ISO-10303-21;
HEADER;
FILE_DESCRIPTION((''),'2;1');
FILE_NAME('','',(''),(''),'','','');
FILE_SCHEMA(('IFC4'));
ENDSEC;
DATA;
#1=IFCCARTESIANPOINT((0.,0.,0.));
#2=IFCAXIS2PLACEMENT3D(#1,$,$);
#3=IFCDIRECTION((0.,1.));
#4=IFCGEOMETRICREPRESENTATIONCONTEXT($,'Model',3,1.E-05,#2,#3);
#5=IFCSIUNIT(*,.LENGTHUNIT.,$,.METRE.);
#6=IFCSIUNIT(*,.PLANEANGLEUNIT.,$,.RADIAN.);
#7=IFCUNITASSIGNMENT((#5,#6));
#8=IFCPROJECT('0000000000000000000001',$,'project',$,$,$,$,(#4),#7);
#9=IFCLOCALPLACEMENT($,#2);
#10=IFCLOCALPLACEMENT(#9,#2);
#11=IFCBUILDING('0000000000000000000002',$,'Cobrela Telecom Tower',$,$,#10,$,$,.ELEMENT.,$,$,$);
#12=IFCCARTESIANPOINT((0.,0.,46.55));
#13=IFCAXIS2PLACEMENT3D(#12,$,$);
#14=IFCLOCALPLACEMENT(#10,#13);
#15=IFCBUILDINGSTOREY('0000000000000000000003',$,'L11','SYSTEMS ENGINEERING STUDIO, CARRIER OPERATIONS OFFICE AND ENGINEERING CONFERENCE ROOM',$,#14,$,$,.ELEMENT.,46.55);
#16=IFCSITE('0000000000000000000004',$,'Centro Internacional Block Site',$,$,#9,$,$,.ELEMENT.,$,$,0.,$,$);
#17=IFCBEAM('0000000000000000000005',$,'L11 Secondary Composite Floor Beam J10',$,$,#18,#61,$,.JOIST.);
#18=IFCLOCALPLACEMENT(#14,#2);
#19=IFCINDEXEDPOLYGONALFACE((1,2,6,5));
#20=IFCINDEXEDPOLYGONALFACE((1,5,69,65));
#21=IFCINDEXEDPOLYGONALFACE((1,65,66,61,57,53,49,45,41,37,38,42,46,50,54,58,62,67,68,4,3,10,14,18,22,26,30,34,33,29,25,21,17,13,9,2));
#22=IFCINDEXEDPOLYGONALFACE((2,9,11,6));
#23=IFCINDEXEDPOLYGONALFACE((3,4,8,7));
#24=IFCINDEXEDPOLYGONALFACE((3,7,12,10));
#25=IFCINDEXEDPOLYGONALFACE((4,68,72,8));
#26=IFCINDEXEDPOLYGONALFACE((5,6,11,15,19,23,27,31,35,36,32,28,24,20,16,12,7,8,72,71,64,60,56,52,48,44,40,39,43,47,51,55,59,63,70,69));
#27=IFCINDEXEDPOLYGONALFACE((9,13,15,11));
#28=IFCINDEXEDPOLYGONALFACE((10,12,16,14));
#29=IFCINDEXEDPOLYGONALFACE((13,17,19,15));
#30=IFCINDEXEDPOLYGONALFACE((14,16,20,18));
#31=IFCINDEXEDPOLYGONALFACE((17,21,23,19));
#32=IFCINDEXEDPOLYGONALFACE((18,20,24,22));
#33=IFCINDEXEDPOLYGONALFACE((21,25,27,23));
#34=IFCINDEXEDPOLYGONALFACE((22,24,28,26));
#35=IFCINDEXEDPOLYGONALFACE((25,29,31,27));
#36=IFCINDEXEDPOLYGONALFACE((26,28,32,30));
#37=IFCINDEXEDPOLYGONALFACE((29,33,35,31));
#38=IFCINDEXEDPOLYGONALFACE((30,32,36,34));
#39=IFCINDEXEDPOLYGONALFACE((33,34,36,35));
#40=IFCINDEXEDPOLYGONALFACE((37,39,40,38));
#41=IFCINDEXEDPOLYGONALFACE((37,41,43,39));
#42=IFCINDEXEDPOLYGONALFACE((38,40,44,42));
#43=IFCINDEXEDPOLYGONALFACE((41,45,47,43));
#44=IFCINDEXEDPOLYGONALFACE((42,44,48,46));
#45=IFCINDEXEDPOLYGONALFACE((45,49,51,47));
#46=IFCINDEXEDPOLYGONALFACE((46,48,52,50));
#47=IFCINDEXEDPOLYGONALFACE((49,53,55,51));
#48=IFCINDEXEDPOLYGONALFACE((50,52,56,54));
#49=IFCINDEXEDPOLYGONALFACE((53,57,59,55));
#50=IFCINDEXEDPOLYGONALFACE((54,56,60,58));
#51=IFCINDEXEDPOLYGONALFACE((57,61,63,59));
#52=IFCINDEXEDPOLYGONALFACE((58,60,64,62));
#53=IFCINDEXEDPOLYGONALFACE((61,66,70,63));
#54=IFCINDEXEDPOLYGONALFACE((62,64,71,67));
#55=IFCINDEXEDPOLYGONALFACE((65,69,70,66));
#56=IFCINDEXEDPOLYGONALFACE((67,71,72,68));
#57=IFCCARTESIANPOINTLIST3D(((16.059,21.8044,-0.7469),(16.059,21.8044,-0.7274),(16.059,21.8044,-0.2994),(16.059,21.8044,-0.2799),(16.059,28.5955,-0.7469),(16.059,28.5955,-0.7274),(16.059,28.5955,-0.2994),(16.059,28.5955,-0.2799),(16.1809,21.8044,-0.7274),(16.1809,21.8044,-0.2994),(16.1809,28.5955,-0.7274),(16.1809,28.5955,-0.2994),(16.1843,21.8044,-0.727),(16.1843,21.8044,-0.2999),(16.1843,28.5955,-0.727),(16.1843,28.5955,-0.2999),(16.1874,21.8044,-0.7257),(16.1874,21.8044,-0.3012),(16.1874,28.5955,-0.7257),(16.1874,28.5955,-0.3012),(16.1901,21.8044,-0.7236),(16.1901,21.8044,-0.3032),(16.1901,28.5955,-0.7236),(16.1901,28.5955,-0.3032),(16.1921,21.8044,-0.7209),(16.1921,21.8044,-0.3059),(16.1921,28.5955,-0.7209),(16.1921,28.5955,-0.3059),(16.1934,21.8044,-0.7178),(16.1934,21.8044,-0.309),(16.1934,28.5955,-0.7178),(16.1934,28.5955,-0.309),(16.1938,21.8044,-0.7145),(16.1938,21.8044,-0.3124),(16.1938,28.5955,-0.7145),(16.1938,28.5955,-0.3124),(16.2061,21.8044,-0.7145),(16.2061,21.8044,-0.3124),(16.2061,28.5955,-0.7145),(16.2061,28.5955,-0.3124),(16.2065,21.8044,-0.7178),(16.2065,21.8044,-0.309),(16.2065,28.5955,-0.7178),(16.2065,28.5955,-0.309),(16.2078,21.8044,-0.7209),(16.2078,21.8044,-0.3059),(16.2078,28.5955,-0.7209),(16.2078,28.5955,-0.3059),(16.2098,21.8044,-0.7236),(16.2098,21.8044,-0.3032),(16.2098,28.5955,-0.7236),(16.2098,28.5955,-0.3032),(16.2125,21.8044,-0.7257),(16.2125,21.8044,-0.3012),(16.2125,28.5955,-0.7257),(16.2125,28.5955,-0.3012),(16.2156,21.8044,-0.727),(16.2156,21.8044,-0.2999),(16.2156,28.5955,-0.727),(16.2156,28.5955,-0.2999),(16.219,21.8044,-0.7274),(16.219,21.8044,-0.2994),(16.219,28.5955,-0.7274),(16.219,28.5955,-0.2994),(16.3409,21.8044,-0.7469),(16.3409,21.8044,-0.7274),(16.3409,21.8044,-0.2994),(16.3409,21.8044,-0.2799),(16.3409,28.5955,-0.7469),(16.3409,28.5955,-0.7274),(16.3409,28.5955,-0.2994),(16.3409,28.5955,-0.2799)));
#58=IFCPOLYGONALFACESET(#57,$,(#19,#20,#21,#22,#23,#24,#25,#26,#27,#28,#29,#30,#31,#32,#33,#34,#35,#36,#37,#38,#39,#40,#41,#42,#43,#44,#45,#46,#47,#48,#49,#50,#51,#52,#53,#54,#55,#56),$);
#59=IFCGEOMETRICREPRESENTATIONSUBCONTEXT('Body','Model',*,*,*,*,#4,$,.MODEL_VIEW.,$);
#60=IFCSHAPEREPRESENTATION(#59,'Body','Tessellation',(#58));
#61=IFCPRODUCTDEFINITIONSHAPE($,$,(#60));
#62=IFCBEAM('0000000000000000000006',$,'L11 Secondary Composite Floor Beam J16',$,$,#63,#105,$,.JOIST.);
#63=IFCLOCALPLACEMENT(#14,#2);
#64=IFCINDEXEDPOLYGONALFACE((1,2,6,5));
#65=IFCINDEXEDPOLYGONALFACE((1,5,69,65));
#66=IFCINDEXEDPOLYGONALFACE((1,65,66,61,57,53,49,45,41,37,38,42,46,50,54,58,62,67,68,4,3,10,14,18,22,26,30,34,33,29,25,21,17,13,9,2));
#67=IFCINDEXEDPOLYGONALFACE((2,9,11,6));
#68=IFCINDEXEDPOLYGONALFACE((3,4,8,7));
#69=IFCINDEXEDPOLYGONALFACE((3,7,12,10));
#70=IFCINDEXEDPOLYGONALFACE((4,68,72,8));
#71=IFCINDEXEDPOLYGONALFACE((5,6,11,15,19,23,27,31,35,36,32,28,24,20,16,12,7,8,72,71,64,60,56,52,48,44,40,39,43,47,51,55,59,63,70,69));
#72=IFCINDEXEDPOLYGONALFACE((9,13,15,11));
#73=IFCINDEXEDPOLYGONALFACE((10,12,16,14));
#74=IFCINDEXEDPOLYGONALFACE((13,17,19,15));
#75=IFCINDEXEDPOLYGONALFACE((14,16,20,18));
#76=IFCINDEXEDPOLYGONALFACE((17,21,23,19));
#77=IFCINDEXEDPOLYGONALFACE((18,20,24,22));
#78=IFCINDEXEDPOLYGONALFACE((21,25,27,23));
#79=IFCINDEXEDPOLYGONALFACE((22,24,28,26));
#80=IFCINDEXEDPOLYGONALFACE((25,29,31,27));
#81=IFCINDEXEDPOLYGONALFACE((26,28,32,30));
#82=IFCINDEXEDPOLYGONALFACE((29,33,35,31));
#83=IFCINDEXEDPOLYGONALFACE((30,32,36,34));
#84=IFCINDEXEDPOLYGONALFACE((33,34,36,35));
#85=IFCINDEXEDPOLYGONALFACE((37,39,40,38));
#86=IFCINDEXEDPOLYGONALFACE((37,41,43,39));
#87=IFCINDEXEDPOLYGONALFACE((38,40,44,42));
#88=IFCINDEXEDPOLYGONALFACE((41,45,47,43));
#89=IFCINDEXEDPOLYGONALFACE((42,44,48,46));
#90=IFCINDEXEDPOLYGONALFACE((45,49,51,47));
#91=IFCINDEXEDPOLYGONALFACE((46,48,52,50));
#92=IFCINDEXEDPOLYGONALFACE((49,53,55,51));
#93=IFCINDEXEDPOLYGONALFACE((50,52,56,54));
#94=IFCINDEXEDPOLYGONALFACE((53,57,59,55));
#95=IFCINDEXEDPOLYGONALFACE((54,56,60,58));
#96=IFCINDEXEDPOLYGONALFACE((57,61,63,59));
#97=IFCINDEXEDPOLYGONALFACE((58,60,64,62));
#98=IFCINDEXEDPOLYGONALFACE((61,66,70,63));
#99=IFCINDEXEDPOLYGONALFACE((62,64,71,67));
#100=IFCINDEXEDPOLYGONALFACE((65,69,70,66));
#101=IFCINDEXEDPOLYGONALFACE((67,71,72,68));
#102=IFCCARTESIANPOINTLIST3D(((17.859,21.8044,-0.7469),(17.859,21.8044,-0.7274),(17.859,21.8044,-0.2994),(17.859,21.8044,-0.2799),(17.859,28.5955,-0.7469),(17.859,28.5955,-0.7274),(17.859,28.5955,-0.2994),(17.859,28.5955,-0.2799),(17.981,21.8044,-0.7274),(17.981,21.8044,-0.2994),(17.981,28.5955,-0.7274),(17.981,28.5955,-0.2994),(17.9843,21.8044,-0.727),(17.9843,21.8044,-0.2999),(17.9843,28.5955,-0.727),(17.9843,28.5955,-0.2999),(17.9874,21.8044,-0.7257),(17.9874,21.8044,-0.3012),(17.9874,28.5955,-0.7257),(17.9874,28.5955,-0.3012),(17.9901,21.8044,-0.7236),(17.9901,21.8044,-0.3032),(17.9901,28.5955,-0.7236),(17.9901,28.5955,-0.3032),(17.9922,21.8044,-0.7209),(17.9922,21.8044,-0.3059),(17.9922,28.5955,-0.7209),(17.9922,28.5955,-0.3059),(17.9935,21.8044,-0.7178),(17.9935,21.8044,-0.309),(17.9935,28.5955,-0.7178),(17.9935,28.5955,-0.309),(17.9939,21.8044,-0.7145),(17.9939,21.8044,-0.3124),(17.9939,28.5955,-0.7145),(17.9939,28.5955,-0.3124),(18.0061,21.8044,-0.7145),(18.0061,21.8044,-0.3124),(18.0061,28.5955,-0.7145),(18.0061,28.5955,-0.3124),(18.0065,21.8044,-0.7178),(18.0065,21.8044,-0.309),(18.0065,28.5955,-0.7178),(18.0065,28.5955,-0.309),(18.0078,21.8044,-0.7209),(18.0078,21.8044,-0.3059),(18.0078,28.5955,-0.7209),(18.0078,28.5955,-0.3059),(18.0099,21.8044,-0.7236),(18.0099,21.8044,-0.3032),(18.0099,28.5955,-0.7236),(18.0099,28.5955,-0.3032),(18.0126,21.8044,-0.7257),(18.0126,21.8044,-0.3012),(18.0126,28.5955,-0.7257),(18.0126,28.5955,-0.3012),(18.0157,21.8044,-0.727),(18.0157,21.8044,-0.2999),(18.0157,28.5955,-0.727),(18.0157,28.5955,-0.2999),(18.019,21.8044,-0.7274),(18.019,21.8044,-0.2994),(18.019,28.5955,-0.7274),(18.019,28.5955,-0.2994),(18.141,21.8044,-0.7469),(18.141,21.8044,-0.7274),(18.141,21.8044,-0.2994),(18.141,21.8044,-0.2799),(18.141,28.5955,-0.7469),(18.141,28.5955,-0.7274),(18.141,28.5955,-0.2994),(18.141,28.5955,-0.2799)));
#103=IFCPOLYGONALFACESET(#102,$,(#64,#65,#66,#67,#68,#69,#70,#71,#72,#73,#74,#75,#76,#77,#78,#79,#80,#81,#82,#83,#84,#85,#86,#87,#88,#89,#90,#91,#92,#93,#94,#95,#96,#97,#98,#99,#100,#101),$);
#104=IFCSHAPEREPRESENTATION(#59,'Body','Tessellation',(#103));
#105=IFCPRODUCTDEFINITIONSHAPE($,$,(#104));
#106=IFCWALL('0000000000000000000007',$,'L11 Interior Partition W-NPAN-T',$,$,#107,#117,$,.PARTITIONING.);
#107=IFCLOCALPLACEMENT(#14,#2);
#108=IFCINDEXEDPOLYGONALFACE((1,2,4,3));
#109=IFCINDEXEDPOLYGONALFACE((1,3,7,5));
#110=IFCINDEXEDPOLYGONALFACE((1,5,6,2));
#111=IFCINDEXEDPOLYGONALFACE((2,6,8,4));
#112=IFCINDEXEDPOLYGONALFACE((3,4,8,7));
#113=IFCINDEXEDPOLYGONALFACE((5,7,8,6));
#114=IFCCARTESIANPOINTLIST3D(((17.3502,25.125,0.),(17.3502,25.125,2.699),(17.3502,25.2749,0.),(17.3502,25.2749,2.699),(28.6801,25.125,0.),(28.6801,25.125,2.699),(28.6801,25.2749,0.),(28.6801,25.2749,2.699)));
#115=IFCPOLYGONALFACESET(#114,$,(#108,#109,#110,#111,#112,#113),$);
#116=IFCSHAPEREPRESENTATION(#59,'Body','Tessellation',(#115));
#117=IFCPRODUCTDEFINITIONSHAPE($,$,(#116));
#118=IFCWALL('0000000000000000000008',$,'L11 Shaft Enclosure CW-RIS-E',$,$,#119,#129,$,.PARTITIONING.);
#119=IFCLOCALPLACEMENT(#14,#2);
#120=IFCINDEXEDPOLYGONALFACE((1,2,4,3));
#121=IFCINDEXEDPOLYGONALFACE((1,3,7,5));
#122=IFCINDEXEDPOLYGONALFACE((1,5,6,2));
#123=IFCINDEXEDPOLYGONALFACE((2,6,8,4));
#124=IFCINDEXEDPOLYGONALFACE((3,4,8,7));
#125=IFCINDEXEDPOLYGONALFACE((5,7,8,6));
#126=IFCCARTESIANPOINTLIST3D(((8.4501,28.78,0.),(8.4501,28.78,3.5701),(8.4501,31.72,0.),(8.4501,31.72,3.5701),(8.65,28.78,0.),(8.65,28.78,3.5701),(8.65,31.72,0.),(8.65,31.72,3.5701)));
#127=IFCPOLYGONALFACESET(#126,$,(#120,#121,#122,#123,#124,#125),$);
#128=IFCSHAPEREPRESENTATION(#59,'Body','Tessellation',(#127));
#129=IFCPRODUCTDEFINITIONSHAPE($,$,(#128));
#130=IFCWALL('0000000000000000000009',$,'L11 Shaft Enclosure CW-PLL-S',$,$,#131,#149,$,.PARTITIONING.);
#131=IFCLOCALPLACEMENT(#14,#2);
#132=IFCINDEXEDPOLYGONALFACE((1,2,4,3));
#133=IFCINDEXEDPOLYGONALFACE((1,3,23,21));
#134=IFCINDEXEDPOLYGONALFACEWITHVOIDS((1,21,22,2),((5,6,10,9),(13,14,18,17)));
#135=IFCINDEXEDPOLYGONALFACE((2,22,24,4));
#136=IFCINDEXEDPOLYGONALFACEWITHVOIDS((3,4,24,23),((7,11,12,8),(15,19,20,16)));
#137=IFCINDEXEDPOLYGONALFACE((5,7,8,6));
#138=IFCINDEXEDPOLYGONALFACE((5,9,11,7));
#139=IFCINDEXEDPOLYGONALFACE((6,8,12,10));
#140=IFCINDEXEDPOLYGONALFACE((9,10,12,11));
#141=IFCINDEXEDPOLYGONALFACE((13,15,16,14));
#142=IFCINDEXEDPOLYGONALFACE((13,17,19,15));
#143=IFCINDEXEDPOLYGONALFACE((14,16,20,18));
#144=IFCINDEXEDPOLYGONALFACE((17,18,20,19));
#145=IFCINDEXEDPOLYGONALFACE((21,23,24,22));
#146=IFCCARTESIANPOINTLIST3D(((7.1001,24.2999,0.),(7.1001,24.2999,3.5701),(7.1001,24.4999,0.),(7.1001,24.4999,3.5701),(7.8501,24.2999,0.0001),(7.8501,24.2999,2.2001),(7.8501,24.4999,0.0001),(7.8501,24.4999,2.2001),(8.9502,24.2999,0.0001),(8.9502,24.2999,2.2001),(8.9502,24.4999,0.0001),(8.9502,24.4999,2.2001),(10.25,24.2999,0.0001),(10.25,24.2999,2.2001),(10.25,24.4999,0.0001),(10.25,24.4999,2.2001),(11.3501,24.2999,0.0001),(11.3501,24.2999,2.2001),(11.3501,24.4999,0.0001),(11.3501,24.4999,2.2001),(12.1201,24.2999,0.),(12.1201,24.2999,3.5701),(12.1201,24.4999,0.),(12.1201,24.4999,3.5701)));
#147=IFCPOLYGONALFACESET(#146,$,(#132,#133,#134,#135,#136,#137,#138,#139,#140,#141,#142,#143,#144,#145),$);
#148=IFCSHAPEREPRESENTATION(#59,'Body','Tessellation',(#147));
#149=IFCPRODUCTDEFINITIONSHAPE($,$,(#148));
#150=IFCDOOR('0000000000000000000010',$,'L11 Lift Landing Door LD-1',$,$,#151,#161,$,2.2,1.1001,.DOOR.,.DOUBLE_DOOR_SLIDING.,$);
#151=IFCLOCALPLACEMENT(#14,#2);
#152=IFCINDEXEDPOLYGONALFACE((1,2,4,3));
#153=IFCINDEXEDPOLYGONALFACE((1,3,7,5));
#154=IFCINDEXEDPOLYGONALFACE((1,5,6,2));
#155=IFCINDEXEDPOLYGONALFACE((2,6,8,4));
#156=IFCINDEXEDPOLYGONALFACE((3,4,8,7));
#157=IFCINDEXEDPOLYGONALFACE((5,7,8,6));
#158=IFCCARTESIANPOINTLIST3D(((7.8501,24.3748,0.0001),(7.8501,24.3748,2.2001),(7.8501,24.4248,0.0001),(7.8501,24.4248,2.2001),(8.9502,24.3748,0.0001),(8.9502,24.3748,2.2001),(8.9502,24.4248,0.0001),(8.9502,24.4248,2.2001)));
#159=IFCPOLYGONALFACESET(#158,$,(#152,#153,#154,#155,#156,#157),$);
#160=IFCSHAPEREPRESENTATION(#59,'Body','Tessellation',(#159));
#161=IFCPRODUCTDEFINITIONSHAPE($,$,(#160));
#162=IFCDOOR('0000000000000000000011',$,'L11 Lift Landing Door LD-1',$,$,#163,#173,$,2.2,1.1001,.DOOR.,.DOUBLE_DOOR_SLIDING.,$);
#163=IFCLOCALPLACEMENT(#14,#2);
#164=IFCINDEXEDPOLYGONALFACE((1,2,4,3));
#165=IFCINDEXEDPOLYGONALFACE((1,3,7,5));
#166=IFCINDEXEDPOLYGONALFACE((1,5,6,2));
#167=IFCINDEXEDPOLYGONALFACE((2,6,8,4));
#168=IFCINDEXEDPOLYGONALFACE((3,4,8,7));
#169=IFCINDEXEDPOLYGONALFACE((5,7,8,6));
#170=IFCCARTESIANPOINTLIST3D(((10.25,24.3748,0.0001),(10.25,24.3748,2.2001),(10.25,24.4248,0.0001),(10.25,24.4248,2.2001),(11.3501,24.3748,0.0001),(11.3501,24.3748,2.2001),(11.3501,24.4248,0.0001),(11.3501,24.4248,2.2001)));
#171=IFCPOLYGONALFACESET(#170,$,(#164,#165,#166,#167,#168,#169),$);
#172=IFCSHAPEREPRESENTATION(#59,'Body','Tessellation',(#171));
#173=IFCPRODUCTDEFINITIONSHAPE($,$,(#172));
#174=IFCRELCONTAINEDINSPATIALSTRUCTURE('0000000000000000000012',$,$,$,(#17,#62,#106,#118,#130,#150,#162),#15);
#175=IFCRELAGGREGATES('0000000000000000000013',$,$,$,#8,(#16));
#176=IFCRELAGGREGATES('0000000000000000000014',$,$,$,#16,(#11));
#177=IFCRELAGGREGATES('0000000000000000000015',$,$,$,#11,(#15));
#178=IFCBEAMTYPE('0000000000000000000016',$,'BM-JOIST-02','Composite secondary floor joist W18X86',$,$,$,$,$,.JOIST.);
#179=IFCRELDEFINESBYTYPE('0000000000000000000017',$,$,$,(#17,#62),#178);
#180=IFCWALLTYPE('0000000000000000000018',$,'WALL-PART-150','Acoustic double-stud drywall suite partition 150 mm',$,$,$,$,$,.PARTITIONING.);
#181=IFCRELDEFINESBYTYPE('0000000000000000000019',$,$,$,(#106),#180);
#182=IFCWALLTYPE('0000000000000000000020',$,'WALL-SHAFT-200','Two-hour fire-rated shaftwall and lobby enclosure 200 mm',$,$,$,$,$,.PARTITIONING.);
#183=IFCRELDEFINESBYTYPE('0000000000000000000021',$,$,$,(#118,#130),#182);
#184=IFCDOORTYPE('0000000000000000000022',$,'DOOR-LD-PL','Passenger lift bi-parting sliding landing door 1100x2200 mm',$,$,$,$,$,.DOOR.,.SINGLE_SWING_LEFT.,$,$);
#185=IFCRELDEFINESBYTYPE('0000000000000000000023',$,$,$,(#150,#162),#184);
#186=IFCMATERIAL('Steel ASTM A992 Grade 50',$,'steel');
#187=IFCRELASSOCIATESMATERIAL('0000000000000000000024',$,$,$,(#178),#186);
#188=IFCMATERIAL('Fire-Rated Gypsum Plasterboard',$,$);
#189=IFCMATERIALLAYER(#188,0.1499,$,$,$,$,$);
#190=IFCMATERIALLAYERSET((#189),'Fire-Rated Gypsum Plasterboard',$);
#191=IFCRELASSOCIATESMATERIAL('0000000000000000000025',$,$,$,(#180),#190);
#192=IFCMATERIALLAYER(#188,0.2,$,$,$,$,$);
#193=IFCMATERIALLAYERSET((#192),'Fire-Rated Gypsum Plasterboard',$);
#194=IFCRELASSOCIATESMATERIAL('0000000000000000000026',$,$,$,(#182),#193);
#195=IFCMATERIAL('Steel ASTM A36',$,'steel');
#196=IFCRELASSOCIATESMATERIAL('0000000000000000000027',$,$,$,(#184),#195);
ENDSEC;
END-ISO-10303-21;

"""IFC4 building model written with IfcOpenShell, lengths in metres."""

from ifc_helpers import new_model, si_unit, direction, frame, frame_2d, origin, origin_2d, place, context, subcontext, project, spatial, rectangle, i_section, extrude, material, layer, layer_set, material_profile, profile_set, type_object, element, fill, save


model = new_model("IFC4")

# Units and contexts
model_context = context("Model", 3, precision=1e-05, world=origin(), true_north=direction((0.0, 1.0)))
body_context = subcontext(model_context, "Body", "Model", "MODEL_VIEW")
ifc_project = project(units=[si_unit("LENGTHUNIT", "METRE"), si_unit("PLANEANGLEUNIT", "RADIAN")], contexts=[model_context])

# Site, building, storey
site_placement = place(None, origin())
site = spatial("IfcSite", under=ifc_project, at=site_placement, Name="Centro Internacional Block Site", CompositionType="ELEMENT", RefElevation=0.0)
building_placement = place(site_placement, origin())
building = spatial("IfcBuilding", under=site, at=building_placement, Name="Cobrela Telecom Tower", CompositionType="ELEMENT")
storey_placement = place(building_placement, frame((0.0, 0.0, 46.55)))
storey = spatial("IfcBuildingStorey", under=building, at=storey_placement, Name="L11", Description="SYSTEMS ENGINEERING STUDIO, CARRIER OPERATIONS OFFICE AND ENGINEERING CONFERENCE ROOM", CompositionType="ELEMENT", Elevation=46.55)

# Beams
ifc_material_1 = material(Name="Steel ASTM A992 Grade 50", Category="steel")
ifc_material_profile = material_profile(ifc_material_1, i_section(OverallWidth=0.282, OverallDepth=0.467, WebThickness=0.0122, FlangeThickness=0.0195, FilletRadius=0.0129, at=origin_2d()), Name="W18X86")
ifc_profile_set = profile_set([ifc_material_profile], Name="Steel ASTM A992 Grade 50")
beam_type = type_object("IfcBeamType", Name="BM-JOIST-02", Description="Composite secondary floor joist W18X86", PredefinedType="JOIST", material=ifc_profile_set)
for number, where, z_axis, x_axis, name in (
    (1, (16.2, 21.8044, -0.5134), (0.0, 1.0, 0.0), (-1.0, 0.0, 0.0), "L11 Secondary Composite Floor Beam J10"),
    (2, (18.0, 21.8044, -0.5134), (0.0, 1.0, 0.0), (-1.0, 0.0, 0.0), "L11 Secondary Composite Floor Beam J16"),
):
    element("IfcBeam", number, at=place(storey_placement, frame(where, z_axis=z_axis, x_axis=x_axis)), inside=storey, type_object=beam_type, Name=name, PredefinedType="JOIST", context=body_context, shape_type="SweptSolid", body=[
        extrude(i_section(OverallWidth=0.282, OverallDepth=0.467, WebThickness=0.0122, FlangeThickness=0.0195, FilletRadius=0.0129, at=origin_2d()), origin(), (0.0, 0.0, 1.0), 6.791),
    ])

# Walls
ifc_material_2 = material(Name="Fire-Rated Gypsum Plasterboard")
ifc_layer_1 = layer(ifc_material_2, 0.1499)
ifc_layer_set_1 = layer_set([ifc_layer_1], Name="Fire-Rated Gypsum Plasterboard")
wall_type_1 = type_object("IfcWallType", Name="WALL-PART-150", Description="Acoustic double-stud drywall suite partition 150 mm", PredefinedType="PARTITIONING", material=ifc_layer_set_1)
wall_1_placement = place(storey_placement, frame((17.3501, 25.2, 0.0), z_axis=(0.0, 0.0, 1.0), x_axis=(1.0, 0.0, 0.0)))
element("IfcWall", 3, at=wall_1_placement, inside=storey, type_object=wall_type_1, Name="L11 Interior Partition W-NPAN-T", PredefinedType="PARTITIONING", context=body_context, shape_type="SweptSolid", body=[
    extrude(rectangle(XDim=11.3298, YDim=0.1499, at=frame_2d((5.665, 0.0))), origin(), (0.0, 0.0, 1.0), 2.699),
])
ifc_layer_2 = layer(ifc_material_2, 0.2)
ifc_layer_set_2 = layer_set([ifc_layer_2], Name="Fire-Rated Gypsum Plasterboard")
wall_type_2 = type_object("IfcWallType", Name="WALL-SHAFT-200", Description="Two-hour fire-rated shaftwall and lobby enclosure 200 mm", PredefinedType="PARTITIONING", material=ifc_layer_set_2)
wall_2_placement = place(storey_placement, frame((8.55, 28.78, 0.0), z_axis=(0.0, 0.0, 1.0), x_axis=(0.0, 1.0, 0.0)))
element("IfcWall", 4, at=wall_2_placement, inside=storey, type_object=wall_type_2, Name="L11 Shaft Enclosure CW-RIS-E", PredefinedType="PARTITIONING", context=body_context, shape_type="SweptSolid", body=[
    extrude(rectangle(XDim=2.9399, YDim=0.2, at=frame_2d((1.47, 0.0))), origin(), (0.0, 0.0, 1.0), 3.5701),
])

# Wall, openings, doors
wall_3_placement = place(storey_placement, frame((7.1001, 24.3999, 0.0), z_axis=(0.0, 0.0, 1.0), x_axis=(1.0, 0.0, 0.0)))
wall_3 = element("IfcWall", 5, at=wall_3_placement, inside=storey, type_object=wall_type_2, Name="L11 Shaft Enclosure CW-PLL-S", PredefinedType="PARTITIONING", context=body_context, shape_type="SweptSolid", body=[
    extrude(rectangle(XDim=5.02, YDim=0.2, at=frame_2d((2.51, 0.0))), origin(), (0.0, 0.0, 1.0), 3.5701),
])
opening_1_placement = place(wall_3_placement, frame((0.75, 0.0, 0.0)))
opening_1 = element("IfcOpeningElement", 6, at=opening_1_placement, cuts=wall_3, PredefinedType="OPENING", context=body_context, shape_type="SweptSolid", body=[
    extrude(rectangle(XDim=1.1001, YDim=2.2, at=frame_2d((0.55, 1.1001))), frame((0.0, 0.1118, 0.0), z_axis=(0.0, -1.0, 0.0), x_axis=(1.0, 0.0, 0.0)), (0.0, 0.0, 1.0), 0.2239),
])
opening_2_placement = place(wall_3_placement, frame((3.1499, 0.0, 0.0)))
opening_2 = element("IfcOpeningElement", 7, at=opening_2_placement, cuts=wall_3, PredefinedType="OPENING", context=body_context, shape_type="SweptSolid", body=[
    extrude(rectangle(XDim=1.1001, YDim=2.2, at=frame_2d((0.55, 1.1001))), frame((0.0, 0.1118, 0.0), z_axis=(0.0, -1.0, 0.0), x_axis=(1.0, 0.0, 0.0)), (0.0, 0.0, 1.0), 0.2239),
])
ifc_material_3 = material(Name="Steel ASTM A36", Category="steel")
door_type_1 = type_object("IfcDoorType", Name="DOOR-LD-PL", Description="Passenger lift bi-parting sliding landing door 1100x2200 mm", OperationType="SINGLE_SWING_LEFT", PredefinedType="DOOR", material=ifc_material_3)
door_1_placement = place(opening_1_placement, origin())
door_1 = element("IfcDoor", 8, at=door_1_placement, inside=storey, type_object=door_type_1, Name="L11 Lift Landing Door LD-1", OperationType="DOUBLE_DOOR_SLIDING", OverallHeight=2.2, OverallWidth=1.1001, PredefinedType="DOOR", context=body_context, shape_type="SweptSolid", body=[
    extrude(rectangle(XDim=1.1001, YDim=2.2, at=frame_2d((0.55, 1.1001))), frame((0.0, 0.0249, 0.0), z_axis=(0.0, -1.0, 0.0), x_axis=(1.0, 0.0, 0.0)), (0.0, 0.0, 1.0), 0.05),
])
fill(opening_1, door_1)
door_2_placement = place(opening_2_placement, origin())
door_2 = element("IfcDoor", 9, at=door_2_placement, inside=storey, type_object=door_type_1, Name="L11 Lift Landing Door LD-1", OperationType="DOUBLE_DOOR_SLIDING", OverallHeight=2.2, OverallWidth=1.1001, PredefinedType="DOOR", context=body_context, shape_type="SweptSolid", body=[
    extrude(rectangle(XDim=1.1001, YDim=2.2, at=frame_2d((0.55, 1.1001))), frame((0.0, 0.0249, 0.0), z_axis=(0.0, -1.0, 0.0), x_axis=(1.0, 0.0, 0.0)), (0.0, 0.0, 1.0), 0.05),
])
fill(opening_2, door_2)

save(model, "model.ifc")
